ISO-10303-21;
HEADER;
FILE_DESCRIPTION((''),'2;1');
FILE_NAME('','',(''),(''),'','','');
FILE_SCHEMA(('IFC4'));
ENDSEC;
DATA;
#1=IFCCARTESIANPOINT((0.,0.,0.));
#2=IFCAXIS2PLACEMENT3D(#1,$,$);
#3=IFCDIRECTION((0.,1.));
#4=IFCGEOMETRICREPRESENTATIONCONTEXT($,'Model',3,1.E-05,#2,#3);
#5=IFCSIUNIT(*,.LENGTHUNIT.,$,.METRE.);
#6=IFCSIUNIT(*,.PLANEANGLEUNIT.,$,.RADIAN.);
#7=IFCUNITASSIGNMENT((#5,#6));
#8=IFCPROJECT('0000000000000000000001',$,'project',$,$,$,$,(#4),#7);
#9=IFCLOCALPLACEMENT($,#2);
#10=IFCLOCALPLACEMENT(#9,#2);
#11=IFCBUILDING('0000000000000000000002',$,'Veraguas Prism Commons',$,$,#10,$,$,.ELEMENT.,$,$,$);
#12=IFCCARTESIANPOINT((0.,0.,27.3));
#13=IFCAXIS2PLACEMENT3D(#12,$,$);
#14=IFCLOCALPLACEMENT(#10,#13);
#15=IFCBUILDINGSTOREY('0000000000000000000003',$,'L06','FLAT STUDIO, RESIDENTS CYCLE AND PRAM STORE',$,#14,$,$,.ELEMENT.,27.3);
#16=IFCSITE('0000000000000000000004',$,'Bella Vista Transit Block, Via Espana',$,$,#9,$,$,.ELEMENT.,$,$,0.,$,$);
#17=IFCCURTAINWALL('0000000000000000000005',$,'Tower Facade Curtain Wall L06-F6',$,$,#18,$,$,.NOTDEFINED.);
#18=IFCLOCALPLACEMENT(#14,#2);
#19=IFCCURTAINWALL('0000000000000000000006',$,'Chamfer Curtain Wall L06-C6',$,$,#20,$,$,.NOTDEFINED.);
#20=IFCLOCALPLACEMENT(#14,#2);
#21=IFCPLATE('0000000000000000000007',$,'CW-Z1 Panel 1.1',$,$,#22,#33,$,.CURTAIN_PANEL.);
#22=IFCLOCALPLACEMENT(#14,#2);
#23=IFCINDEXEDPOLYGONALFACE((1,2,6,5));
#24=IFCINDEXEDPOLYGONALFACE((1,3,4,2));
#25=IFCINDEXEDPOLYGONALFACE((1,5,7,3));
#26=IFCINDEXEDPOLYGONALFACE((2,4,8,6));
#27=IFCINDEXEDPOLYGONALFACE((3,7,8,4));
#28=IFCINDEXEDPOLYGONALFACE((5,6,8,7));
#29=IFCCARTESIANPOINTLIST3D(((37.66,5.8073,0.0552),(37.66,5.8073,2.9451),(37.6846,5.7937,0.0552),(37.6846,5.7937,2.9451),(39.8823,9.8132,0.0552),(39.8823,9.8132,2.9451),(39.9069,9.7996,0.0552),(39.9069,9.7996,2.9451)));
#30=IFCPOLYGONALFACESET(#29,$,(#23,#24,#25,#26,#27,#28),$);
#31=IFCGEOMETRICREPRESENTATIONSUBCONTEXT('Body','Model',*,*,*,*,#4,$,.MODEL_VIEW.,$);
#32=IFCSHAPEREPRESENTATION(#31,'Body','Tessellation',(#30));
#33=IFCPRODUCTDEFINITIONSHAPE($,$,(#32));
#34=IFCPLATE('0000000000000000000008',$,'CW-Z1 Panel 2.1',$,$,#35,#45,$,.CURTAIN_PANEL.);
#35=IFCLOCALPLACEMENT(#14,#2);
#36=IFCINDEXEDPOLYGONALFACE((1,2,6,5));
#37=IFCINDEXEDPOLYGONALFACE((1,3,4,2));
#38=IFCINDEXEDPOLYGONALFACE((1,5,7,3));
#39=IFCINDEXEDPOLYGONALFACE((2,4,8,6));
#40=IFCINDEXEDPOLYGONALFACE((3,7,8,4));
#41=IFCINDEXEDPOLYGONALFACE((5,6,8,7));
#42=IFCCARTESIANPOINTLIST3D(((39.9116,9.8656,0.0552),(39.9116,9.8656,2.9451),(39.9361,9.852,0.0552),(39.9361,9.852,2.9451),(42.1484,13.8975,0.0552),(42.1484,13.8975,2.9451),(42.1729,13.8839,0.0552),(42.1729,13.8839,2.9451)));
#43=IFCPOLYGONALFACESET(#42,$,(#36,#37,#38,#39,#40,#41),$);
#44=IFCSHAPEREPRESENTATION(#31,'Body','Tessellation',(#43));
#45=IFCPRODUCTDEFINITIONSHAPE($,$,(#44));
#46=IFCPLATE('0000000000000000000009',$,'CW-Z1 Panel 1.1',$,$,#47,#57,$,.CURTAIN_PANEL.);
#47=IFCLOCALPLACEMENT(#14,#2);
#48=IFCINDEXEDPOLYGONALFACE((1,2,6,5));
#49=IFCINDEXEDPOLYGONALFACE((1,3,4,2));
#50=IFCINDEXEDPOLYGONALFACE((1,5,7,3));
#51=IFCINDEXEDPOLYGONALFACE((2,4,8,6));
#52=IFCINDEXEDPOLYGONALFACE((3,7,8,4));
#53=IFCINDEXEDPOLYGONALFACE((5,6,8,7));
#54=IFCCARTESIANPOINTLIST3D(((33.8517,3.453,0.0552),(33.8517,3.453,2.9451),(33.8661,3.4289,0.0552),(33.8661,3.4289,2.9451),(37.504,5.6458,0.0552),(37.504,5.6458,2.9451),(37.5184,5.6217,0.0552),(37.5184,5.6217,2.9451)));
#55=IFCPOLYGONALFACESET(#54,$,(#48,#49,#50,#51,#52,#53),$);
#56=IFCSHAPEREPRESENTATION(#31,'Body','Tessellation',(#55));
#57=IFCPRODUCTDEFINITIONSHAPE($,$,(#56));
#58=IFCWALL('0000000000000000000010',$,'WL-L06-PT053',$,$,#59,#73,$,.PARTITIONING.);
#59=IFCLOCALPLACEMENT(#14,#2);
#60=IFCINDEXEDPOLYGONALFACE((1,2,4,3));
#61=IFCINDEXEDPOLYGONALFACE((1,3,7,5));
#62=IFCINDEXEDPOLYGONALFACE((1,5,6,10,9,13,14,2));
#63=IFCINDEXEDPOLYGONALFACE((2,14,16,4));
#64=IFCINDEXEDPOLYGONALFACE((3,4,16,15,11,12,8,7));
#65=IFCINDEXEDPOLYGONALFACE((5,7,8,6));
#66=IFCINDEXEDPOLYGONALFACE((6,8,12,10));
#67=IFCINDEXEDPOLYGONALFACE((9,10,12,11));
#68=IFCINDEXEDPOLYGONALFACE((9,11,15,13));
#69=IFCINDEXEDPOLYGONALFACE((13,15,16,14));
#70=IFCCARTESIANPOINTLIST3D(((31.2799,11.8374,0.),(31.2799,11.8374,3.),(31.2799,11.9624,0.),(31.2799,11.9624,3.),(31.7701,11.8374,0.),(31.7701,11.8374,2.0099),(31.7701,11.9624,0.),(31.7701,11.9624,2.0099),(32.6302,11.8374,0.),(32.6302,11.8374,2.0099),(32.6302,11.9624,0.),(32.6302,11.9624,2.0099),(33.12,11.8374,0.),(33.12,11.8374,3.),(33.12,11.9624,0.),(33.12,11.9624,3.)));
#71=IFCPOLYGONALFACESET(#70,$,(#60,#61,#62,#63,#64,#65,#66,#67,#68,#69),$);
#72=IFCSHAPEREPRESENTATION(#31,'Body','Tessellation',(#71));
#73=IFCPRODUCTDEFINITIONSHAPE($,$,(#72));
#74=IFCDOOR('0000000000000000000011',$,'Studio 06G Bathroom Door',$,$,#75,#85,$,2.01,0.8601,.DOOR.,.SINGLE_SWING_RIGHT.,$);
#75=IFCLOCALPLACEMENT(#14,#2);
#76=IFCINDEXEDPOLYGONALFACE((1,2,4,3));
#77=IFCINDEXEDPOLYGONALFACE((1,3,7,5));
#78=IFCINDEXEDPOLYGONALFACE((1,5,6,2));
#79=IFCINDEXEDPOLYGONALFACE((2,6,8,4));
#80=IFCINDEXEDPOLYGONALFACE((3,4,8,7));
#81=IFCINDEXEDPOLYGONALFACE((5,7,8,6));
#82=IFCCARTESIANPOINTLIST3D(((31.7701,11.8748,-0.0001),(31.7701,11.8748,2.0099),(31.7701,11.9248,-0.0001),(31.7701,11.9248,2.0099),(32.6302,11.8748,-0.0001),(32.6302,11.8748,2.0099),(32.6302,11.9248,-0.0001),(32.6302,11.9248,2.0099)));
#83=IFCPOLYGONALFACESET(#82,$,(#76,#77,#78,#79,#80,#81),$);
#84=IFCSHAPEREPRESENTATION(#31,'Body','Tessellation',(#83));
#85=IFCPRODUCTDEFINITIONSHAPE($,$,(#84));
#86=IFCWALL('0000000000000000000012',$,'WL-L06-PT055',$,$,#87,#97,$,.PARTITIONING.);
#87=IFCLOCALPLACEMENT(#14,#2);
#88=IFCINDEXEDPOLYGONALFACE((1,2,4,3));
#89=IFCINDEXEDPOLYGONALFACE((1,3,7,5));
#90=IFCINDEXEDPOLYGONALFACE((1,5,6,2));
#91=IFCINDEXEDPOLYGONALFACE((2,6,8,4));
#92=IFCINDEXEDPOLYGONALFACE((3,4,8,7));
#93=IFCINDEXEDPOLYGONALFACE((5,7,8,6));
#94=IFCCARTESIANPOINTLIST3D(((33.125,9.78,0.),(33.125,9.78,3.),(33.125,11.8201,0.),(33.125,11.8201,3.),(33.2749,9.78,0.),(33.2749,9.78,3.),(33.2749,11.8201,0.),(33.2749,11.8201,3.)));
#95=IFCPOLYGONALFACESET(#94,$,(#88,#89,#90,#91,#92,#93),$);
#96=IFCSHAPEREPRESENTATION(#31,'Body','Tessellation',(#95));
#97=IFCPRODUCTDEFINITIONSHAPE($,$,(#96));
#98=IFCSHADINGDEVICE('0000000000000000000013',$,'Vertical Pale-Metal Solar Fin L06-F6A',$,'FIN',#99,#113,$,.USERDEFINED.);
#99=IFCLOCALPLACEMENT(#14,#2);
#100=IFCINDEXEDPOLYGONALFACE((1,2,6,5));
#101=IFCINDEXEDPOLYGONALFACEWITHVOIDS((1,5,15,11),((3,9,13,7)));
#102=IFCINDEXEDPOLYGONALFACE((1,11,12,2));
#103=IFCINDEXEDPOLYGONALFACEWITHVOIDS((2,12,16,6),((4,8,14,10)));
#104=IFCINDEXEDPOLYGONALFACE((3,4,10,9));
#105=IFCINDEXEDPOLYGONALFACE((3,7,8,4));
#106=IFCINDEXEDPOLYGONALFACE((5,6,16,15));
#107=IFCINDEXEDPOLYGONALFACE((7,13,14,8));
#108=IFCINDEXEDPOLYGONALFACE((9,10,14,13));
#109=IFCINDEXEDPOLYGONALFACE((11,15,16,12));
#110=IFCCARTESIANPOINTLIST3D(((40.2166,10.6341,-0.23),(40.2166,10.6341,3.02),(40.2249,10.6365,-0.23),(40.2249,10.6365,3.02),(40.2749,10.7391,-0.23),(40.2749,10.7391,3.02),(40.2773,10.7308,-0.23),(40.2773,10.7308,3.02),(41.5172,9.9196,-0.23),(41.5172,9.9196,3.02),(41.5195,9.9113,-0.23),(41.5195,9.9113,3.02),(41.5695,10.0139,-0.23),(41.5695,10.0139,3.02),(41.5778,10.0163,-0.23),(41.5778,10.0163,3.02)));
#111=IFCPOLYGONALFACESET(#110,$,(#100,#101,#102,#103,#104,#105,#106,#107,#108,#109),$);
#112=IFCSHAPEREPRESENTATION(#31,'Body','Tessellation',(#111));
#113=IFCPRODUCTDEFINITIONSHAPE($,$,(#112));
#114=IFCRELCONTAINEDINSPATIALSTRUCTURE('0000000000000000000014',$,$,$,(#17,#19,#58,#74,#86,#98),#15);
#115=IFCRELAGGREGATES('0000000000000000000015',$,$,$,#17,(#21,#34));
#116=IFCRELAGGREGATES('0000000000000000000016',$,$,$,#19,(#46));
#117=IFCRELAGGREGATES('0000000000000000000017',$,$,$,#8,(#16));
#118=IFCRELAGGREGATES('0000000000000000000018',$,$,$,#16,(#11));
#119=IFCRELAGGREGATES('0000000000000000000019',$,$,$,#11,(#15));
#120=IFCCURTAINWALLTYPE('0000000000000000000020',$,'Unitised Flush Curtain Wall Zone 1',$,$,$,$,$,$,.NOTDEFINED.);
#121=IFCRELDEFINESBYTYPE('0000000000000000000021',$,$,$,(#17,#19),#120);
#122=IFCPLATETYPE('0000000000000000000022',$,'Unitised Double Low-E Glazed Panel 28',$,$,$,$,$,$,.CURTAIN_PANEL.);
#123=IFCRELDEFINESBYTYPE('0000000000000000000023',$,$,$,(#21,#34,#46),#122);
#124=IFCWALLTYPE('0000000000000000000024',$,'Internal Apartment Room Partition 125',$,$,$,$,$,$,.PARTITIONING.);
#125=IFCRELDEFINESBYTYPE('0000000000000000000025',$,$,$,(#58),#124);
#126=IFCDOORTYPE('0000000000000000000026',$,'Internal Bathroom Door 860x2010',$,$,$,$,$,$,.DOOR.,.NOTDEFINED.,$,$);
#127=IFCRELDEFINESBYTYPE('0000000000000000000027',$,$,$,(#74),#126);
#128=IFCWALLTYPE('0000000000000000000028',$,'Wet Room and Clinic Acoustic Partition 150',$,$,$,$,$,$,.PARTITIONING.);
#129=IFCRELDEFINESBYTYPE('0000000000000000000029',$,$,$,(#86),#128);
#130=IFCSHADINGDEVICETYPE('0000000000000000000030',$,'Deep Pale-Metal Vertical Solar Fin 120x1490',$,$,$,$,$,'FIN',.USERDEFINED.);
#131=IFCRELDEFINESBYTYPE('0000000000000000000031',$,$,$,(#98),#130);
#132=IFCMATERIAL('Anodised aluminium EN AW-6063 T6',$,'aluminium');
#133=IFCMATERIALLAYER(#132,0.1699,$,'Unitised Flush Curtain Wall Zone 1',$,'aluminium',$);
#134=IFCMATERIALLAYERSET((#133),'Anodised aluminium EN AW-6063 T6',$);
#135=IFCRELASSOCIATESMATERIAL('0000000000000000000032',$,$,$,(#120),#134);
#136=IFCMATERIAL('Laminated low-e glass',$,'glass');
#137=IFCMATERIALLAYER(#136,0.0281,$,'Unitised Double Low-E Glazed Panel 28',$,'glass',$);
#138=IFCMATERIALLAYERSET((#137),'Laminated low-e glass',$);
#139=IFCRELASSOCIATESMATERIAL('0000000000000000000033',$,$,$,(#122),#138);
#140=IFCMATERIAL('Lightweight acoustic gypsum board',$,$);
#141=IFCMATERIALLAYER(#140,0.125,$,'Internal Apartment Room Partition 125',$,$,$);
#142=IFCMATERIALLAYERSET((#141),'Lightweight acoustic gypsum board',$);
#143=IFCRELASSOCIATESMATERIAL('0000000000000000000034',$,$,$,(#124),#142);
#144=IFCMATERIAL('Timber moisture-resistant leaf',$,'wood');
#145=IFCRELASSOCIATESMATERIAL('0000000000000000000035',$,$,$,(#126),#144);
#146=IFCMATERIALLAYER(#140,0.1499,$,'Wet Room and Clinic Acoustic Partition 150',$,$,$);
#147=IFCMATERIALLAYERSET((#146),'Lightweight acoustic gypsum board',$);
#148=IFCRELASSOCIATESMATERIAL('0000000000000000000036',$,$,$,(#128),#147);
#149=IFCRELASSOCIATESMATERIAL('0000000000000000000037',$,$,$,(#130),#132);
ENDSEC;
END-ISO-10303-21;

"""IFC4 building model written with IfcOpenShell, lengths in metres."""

from ifc_helpers import new_model, si_unit, direction, frame, frame_2d, origin, origin_2d, place, context, subcontext, project, spatial, rectangle, hollow_rectangle, extrude, source, transform, mapped, material, layer, layer_set, material_profile, profile_set, type_object, element, fill, aggregate, save


model = new_model("IFC4")

# Units and contexts
model_context = context("Model", 3, precision=1e-05, world=origin(), true_north=direction((0.0, 1.0)))
body_context = subcontext(model_context, "Body", "Model", "MODEL_VIEW")
ifc_project = project(units=[si_unit("LENGTHUNIT", "METRE"), si_unit("PLANEANGLEUNIT", "RADIAN")], contexts=[model_context])

# Site, building, storey
site_placement = place(None, origin())
site = spatial("IfcSite", under=ifc_project, at=site_placement, Name="Bella Vista Transit Block, Via Espana", CompositionType="ELEMENT", RefElevation=0.0)
building_placement = place(site_placement, origin())
building = spatial("IfcBuilding", under=site, at=building_placement, Name="Veraguas Prism Commons", CompositionType="ELEMENT")
storey_placement = place(building_placement, frame((0.0, 0.0, 27.3)))
storey = spatial("IfcBuildingStorey", under=building, at=storey_placement, Name="L06", Description="FLAT STUDIO, RESIDENTS CYCLE AND PRAM STORE", CompositionType="ELEMENT", Elevation=27.3)

# Shared definitions
ifc_material_1 = material(Name="Anodised aluminium EN AW-6063 T6", Category="aluminium")
ifc_layer_1 = layer(ifc_material_1, 0.1699, Name="Unitised Flush Curtain Wall Zone 1", Category="aluminium")
ifc_layer_set_1 = layer_set([ifc_layer_1], Name="Anodised aluminium EN AW-6063 T6")
curtain_wall_type = type_object("IfcCurtainWallType", Name="Unitised Flush Curtain Wall Zone 1", PredefinedType="NOTDEFINED", material=ifc_layer_set_1)

# Curtain walls
curtain_wall_1_placement = place(storey_placement, origin())
curtain_wall_1 = element("IfcCurtainWall", 1, at=curtain_wall_1_placement, inside=storey, type_object=curtain_wall_type, Name="Tower Facade Curtain Wall L06-F6", PredefinedType="NOTDEFINED")
curtain_wall_2_placement = place(storey_placement, origin())
curtain_wall_2 = element("IfcCurtainWall", 2, at=curtain_wall_2_placement, inside=storey, type_object=curtain_wall_type, Name="Chamfer Curtain Wall L06-C6", PredefinedType="NOTDEFINED")

# Plates
ifc_material_2 = material(Name="Laminated low-e glass", Category="glass")
ifc_layer_2 = layer(ifc_material_2, 0.0281, Name="Unitised Double Low-E Glazed Panel 28", Category="glass")
ifc_layer_set_2 = layer_set([ifc_layer_2], Name="Laminated low-e glass")
plate_type = type_object("IfcPlateType", Name="Unitised Double Low-E Glazed Panel 28", PredefinedType="CURTAIN_PANEL", material=ifc_layer_set_2)
shared_shape_1 = source(origin(), body_context, "Body", "SweptSolid", [
    extrude(rectangle(XDim=4.5811, YDim=0.0281, at=origin_2d()), origin(), (0.0, 0.0, 1.0), 2.8899),
])
plate_1_placement = place(storey_placement, frame((38.7834, 7.8035, 0.0552), z_axis=(0.0, 0.0, 1.0), x_axis=(0.485116, 0.87445, 0.0)))
plate_1 = element("IfcPlate", 3, at=plate_1_placement, type_object=plate_type, Name="CW-Z1 Panel 1.1", PredefinedType="CURTAIN_PANEL", context=body_context, shape_type="MappedRepresentation", body=[
    mapped(shared_shape_1, transform((0.0, 0.0, 0.0), scale=1.0)),
])
shared_shape_2 = source(origin(), body_context, "Body", "SweptSolid", [
    extrude(rectangle(XDim=4.6108, YDim=0.0281, at=origin_2d()), origin(), (0.0, 0.0, 1.0), 2.8899),
])
plate_2_placement = place(storey_placement, frame((41.0422, 11.8748, 0.0552), z_axis=(0.0, 0.0, 1.0), x_axis=(0.485116, 0.87445, 0.0)))
plate_2 = element("IfcPlate", 4, at=plate_2_placement, type_object=plate_type, Name="CW-Z1 Panel 2.1", PredefinedType="CURTAIN_PANEL", context=body_context, shape_type="MappedRepresentation", body=[
    mapped(shared_shape_2, transform((0.0, 0.0, 0.0), scale=1.0)),
])
aggregate(curtain_wall_1, [plate_1, plate_2])
shared_shape_3 = source(origin(), body_context, "Body", "SweptSolid", [
    extrude(rectangle(XDim=4.26, YDim=0.0281, at=origin_2d()), origin(), (0.0, 0.0, 1.0), 2.8899),
])
plate_3_placement = place(storey_placement, frame((35.6851, 4.5374, 0.0552), z_axis=(0.0, 0.0, 1.0), x_axis=(0.85735, 0.514734, 0.0)))
plate_3 = element("IfcPlate", 5, at=plate_3_placement, type_object=plate_type, Name="CW-Z1 Panel 1.1", PredefinedType="CURTAIN_PANEL", context=body_context, shape_type="MappedRepresentation", body=[
    mapped(shared_shape_3, transform((0.0, 0.0, 0.0), scale=1.0)),
])
aggregate(curtain_wall_2, [plate_3])

# Wall, opening, door
ifc_material_3 = material(Name="Lightweight acoustic gypsum board")
ifc_layer_3 = layer(ifc_material_3, 0.125, Name="Internal Apartment Room Partition 125")
ifc_layer_set_3 = layer_set([ifc_layer_3], Name="Lightweight acoustic gypsum board")
wall_type_1 = type_object("IfcWallType", Name="Internal Apartment Room Partition 125", PredefinedType="PARTITIONING", material=ifc_layer_set_3)
wall_1_placement = place(storey_placement, frame((31.28, 11.8999, 0.0), z_axis=(0.0, 0.0, 1.0), x_axis=(1.0, 0.0, 0.0)))
wall_1 = element("IfcWall", 6, at=wall_1_placement, inside=storey, type_object=wall_type_1, Name="WL-L06-PT053", PredefinedType="PARTITIONING", context=body_context, shape_type="SweptSolid", body=[
    extrude(rectangle(XDim=1.8401, YDim=0.125, at=frame_2d((0.9199, 0.0))), origin(), (0.0, 0.0, 1.0), 3.0),
])
opening_placement = place(wall_1_placement, frame((0.49, 0.0, 0.0)))
opening = element("IfcOpeningElement", 7, at=opening_placement, cuts=wall_1, PredefinedType="OPENING", context=body_context, shape_type="SweptSolid", body=[
    extrude(rectangle(XDim=0.8601, YDim=2.01, at=frame_2d((0.4302, 1.0049))), frame((0.0, 0.0725, 0.0), z_axis=(0.0, -1.0, 0.0), x_axis=(1.0, 0.0, 0.0)), (0.0, 0.0, 1.0), 0.145),
])
ifc_material_4 = material(Name="Timber moisture-resistant leaf", Category="wood")
door_type = type_object("IfcDoorType", Name="Internal Bathroom Door 860x2010", OperationType="NOTDEFINED", PredefinedType="DOOR", material=ifc_material_4)
shared_shape_4 = source(origin(), body_context, "Body", "SweptSolid", [
    extrude(rectangle(XDim=0.8601, YDim=2.01, at=frame_2d((0.4302, 1.0049))), frame((0.0, 0.0249, 0.0), z_axis=(0.0, -1.0, 0.0), x_axis=(1.0, 0.0, 0.0)), (0.0, 0.0, 1.0), 0.05),
])
door_placement = place(opening_placement, origin())
door = element("IfcDoor", 8, at=door_placement, inside=storey, type_object=door_type, Name="Studio 06G Bathroom Door", OperationType="SINGLE_SWING_RIGHT", OverallHeight=2.01, OverallWidth=0.8601, PredefinedType="DOOR", context=body_context, shape_type="MappedRepresentation", body=[
    mapped(shared_shape_4, transform((0.0, 0.0, 0.0), scale=1.0)),
])
fill(opening, door)

# Wall
ifc_layer_4 = layer(ifc_material_3, 0.1499, Name="Wet Room and Clinic Acoustic Partition 150")
ifc_layer_set_4 = layer_set([ifc_layer_4], Name="Lightweight acoustic gypsum board")
wall_type_2 = type_object("IfcWallType", Name="Wet Room and Clinic Acoustic Partition 150", PredefinedType="PARTITIONING", material=ifc_layer_set_4)
wall_2_placement = place(storey_placement, frame((33.2, 9.78, 0.0), z_axis=(0.0, 0.0, 1.0), x_axis=(0.0, 1.0, 0.0)))
element("IfcWall", 9, at=wall_2_placement, inside=storey, type_object=wall_type_2, Name="WL-L06-PT055", PredefinedType="PARTITIONING", context=body_context, shape_type="SweptSolid", body=[
    extrude(rectangle(XDim=2.04, YDim=0.1499, at=frame_2d((1.02, 0.0))), origin(), (0.0, 0.0, 1.0), 3.0),
])

# Shading device
ifc_material_profile_1 = material_profile(ifc_material_1, hollow_rectangle(XDim=0.1201, YDim=1.49, WallThickness=0.0061, at=origin_2d()), Name="FIN120X1490X6")
ifc_profile_set_1 = profile_set([ifc_material_profile_1], Name="Anodised aluminium EN AW-6063 T6")
shading_device_type = type_object("IfcShadingDeviceType", Name="Deep Pale-Metal Vertical Solar Fin 120x1490", ElementType="FIN", PredefinedType="USERDEFINED", material=ifc_profile_set_1)
shading_device_placement = place(storey_placement, frame((40.8972, 10.3252, -0.23), z_axis=(0.0, 0.0, 1.0), x_axis=(0.485115, 0.87445, 0.0)))
element("IfcShadingDevice", 10, at=shading_device_placement, inside=storey, type_object=shading_device_type, Name="Vertical Pale-Metal Solar Fin L06-F6A", ObjectType="FIN", PredefinedType="USERDEFINED", context=body_context, shape_type="SweptSolid", body=[
    extrude(hollow_rectangle(XDim=0.1201, YDim=1.49, WallThickness=0.0061, at=origin_2d()), origin(), (0.0, 0.0, 1.0), 3.25),
])

save(model, "model.ifc")
